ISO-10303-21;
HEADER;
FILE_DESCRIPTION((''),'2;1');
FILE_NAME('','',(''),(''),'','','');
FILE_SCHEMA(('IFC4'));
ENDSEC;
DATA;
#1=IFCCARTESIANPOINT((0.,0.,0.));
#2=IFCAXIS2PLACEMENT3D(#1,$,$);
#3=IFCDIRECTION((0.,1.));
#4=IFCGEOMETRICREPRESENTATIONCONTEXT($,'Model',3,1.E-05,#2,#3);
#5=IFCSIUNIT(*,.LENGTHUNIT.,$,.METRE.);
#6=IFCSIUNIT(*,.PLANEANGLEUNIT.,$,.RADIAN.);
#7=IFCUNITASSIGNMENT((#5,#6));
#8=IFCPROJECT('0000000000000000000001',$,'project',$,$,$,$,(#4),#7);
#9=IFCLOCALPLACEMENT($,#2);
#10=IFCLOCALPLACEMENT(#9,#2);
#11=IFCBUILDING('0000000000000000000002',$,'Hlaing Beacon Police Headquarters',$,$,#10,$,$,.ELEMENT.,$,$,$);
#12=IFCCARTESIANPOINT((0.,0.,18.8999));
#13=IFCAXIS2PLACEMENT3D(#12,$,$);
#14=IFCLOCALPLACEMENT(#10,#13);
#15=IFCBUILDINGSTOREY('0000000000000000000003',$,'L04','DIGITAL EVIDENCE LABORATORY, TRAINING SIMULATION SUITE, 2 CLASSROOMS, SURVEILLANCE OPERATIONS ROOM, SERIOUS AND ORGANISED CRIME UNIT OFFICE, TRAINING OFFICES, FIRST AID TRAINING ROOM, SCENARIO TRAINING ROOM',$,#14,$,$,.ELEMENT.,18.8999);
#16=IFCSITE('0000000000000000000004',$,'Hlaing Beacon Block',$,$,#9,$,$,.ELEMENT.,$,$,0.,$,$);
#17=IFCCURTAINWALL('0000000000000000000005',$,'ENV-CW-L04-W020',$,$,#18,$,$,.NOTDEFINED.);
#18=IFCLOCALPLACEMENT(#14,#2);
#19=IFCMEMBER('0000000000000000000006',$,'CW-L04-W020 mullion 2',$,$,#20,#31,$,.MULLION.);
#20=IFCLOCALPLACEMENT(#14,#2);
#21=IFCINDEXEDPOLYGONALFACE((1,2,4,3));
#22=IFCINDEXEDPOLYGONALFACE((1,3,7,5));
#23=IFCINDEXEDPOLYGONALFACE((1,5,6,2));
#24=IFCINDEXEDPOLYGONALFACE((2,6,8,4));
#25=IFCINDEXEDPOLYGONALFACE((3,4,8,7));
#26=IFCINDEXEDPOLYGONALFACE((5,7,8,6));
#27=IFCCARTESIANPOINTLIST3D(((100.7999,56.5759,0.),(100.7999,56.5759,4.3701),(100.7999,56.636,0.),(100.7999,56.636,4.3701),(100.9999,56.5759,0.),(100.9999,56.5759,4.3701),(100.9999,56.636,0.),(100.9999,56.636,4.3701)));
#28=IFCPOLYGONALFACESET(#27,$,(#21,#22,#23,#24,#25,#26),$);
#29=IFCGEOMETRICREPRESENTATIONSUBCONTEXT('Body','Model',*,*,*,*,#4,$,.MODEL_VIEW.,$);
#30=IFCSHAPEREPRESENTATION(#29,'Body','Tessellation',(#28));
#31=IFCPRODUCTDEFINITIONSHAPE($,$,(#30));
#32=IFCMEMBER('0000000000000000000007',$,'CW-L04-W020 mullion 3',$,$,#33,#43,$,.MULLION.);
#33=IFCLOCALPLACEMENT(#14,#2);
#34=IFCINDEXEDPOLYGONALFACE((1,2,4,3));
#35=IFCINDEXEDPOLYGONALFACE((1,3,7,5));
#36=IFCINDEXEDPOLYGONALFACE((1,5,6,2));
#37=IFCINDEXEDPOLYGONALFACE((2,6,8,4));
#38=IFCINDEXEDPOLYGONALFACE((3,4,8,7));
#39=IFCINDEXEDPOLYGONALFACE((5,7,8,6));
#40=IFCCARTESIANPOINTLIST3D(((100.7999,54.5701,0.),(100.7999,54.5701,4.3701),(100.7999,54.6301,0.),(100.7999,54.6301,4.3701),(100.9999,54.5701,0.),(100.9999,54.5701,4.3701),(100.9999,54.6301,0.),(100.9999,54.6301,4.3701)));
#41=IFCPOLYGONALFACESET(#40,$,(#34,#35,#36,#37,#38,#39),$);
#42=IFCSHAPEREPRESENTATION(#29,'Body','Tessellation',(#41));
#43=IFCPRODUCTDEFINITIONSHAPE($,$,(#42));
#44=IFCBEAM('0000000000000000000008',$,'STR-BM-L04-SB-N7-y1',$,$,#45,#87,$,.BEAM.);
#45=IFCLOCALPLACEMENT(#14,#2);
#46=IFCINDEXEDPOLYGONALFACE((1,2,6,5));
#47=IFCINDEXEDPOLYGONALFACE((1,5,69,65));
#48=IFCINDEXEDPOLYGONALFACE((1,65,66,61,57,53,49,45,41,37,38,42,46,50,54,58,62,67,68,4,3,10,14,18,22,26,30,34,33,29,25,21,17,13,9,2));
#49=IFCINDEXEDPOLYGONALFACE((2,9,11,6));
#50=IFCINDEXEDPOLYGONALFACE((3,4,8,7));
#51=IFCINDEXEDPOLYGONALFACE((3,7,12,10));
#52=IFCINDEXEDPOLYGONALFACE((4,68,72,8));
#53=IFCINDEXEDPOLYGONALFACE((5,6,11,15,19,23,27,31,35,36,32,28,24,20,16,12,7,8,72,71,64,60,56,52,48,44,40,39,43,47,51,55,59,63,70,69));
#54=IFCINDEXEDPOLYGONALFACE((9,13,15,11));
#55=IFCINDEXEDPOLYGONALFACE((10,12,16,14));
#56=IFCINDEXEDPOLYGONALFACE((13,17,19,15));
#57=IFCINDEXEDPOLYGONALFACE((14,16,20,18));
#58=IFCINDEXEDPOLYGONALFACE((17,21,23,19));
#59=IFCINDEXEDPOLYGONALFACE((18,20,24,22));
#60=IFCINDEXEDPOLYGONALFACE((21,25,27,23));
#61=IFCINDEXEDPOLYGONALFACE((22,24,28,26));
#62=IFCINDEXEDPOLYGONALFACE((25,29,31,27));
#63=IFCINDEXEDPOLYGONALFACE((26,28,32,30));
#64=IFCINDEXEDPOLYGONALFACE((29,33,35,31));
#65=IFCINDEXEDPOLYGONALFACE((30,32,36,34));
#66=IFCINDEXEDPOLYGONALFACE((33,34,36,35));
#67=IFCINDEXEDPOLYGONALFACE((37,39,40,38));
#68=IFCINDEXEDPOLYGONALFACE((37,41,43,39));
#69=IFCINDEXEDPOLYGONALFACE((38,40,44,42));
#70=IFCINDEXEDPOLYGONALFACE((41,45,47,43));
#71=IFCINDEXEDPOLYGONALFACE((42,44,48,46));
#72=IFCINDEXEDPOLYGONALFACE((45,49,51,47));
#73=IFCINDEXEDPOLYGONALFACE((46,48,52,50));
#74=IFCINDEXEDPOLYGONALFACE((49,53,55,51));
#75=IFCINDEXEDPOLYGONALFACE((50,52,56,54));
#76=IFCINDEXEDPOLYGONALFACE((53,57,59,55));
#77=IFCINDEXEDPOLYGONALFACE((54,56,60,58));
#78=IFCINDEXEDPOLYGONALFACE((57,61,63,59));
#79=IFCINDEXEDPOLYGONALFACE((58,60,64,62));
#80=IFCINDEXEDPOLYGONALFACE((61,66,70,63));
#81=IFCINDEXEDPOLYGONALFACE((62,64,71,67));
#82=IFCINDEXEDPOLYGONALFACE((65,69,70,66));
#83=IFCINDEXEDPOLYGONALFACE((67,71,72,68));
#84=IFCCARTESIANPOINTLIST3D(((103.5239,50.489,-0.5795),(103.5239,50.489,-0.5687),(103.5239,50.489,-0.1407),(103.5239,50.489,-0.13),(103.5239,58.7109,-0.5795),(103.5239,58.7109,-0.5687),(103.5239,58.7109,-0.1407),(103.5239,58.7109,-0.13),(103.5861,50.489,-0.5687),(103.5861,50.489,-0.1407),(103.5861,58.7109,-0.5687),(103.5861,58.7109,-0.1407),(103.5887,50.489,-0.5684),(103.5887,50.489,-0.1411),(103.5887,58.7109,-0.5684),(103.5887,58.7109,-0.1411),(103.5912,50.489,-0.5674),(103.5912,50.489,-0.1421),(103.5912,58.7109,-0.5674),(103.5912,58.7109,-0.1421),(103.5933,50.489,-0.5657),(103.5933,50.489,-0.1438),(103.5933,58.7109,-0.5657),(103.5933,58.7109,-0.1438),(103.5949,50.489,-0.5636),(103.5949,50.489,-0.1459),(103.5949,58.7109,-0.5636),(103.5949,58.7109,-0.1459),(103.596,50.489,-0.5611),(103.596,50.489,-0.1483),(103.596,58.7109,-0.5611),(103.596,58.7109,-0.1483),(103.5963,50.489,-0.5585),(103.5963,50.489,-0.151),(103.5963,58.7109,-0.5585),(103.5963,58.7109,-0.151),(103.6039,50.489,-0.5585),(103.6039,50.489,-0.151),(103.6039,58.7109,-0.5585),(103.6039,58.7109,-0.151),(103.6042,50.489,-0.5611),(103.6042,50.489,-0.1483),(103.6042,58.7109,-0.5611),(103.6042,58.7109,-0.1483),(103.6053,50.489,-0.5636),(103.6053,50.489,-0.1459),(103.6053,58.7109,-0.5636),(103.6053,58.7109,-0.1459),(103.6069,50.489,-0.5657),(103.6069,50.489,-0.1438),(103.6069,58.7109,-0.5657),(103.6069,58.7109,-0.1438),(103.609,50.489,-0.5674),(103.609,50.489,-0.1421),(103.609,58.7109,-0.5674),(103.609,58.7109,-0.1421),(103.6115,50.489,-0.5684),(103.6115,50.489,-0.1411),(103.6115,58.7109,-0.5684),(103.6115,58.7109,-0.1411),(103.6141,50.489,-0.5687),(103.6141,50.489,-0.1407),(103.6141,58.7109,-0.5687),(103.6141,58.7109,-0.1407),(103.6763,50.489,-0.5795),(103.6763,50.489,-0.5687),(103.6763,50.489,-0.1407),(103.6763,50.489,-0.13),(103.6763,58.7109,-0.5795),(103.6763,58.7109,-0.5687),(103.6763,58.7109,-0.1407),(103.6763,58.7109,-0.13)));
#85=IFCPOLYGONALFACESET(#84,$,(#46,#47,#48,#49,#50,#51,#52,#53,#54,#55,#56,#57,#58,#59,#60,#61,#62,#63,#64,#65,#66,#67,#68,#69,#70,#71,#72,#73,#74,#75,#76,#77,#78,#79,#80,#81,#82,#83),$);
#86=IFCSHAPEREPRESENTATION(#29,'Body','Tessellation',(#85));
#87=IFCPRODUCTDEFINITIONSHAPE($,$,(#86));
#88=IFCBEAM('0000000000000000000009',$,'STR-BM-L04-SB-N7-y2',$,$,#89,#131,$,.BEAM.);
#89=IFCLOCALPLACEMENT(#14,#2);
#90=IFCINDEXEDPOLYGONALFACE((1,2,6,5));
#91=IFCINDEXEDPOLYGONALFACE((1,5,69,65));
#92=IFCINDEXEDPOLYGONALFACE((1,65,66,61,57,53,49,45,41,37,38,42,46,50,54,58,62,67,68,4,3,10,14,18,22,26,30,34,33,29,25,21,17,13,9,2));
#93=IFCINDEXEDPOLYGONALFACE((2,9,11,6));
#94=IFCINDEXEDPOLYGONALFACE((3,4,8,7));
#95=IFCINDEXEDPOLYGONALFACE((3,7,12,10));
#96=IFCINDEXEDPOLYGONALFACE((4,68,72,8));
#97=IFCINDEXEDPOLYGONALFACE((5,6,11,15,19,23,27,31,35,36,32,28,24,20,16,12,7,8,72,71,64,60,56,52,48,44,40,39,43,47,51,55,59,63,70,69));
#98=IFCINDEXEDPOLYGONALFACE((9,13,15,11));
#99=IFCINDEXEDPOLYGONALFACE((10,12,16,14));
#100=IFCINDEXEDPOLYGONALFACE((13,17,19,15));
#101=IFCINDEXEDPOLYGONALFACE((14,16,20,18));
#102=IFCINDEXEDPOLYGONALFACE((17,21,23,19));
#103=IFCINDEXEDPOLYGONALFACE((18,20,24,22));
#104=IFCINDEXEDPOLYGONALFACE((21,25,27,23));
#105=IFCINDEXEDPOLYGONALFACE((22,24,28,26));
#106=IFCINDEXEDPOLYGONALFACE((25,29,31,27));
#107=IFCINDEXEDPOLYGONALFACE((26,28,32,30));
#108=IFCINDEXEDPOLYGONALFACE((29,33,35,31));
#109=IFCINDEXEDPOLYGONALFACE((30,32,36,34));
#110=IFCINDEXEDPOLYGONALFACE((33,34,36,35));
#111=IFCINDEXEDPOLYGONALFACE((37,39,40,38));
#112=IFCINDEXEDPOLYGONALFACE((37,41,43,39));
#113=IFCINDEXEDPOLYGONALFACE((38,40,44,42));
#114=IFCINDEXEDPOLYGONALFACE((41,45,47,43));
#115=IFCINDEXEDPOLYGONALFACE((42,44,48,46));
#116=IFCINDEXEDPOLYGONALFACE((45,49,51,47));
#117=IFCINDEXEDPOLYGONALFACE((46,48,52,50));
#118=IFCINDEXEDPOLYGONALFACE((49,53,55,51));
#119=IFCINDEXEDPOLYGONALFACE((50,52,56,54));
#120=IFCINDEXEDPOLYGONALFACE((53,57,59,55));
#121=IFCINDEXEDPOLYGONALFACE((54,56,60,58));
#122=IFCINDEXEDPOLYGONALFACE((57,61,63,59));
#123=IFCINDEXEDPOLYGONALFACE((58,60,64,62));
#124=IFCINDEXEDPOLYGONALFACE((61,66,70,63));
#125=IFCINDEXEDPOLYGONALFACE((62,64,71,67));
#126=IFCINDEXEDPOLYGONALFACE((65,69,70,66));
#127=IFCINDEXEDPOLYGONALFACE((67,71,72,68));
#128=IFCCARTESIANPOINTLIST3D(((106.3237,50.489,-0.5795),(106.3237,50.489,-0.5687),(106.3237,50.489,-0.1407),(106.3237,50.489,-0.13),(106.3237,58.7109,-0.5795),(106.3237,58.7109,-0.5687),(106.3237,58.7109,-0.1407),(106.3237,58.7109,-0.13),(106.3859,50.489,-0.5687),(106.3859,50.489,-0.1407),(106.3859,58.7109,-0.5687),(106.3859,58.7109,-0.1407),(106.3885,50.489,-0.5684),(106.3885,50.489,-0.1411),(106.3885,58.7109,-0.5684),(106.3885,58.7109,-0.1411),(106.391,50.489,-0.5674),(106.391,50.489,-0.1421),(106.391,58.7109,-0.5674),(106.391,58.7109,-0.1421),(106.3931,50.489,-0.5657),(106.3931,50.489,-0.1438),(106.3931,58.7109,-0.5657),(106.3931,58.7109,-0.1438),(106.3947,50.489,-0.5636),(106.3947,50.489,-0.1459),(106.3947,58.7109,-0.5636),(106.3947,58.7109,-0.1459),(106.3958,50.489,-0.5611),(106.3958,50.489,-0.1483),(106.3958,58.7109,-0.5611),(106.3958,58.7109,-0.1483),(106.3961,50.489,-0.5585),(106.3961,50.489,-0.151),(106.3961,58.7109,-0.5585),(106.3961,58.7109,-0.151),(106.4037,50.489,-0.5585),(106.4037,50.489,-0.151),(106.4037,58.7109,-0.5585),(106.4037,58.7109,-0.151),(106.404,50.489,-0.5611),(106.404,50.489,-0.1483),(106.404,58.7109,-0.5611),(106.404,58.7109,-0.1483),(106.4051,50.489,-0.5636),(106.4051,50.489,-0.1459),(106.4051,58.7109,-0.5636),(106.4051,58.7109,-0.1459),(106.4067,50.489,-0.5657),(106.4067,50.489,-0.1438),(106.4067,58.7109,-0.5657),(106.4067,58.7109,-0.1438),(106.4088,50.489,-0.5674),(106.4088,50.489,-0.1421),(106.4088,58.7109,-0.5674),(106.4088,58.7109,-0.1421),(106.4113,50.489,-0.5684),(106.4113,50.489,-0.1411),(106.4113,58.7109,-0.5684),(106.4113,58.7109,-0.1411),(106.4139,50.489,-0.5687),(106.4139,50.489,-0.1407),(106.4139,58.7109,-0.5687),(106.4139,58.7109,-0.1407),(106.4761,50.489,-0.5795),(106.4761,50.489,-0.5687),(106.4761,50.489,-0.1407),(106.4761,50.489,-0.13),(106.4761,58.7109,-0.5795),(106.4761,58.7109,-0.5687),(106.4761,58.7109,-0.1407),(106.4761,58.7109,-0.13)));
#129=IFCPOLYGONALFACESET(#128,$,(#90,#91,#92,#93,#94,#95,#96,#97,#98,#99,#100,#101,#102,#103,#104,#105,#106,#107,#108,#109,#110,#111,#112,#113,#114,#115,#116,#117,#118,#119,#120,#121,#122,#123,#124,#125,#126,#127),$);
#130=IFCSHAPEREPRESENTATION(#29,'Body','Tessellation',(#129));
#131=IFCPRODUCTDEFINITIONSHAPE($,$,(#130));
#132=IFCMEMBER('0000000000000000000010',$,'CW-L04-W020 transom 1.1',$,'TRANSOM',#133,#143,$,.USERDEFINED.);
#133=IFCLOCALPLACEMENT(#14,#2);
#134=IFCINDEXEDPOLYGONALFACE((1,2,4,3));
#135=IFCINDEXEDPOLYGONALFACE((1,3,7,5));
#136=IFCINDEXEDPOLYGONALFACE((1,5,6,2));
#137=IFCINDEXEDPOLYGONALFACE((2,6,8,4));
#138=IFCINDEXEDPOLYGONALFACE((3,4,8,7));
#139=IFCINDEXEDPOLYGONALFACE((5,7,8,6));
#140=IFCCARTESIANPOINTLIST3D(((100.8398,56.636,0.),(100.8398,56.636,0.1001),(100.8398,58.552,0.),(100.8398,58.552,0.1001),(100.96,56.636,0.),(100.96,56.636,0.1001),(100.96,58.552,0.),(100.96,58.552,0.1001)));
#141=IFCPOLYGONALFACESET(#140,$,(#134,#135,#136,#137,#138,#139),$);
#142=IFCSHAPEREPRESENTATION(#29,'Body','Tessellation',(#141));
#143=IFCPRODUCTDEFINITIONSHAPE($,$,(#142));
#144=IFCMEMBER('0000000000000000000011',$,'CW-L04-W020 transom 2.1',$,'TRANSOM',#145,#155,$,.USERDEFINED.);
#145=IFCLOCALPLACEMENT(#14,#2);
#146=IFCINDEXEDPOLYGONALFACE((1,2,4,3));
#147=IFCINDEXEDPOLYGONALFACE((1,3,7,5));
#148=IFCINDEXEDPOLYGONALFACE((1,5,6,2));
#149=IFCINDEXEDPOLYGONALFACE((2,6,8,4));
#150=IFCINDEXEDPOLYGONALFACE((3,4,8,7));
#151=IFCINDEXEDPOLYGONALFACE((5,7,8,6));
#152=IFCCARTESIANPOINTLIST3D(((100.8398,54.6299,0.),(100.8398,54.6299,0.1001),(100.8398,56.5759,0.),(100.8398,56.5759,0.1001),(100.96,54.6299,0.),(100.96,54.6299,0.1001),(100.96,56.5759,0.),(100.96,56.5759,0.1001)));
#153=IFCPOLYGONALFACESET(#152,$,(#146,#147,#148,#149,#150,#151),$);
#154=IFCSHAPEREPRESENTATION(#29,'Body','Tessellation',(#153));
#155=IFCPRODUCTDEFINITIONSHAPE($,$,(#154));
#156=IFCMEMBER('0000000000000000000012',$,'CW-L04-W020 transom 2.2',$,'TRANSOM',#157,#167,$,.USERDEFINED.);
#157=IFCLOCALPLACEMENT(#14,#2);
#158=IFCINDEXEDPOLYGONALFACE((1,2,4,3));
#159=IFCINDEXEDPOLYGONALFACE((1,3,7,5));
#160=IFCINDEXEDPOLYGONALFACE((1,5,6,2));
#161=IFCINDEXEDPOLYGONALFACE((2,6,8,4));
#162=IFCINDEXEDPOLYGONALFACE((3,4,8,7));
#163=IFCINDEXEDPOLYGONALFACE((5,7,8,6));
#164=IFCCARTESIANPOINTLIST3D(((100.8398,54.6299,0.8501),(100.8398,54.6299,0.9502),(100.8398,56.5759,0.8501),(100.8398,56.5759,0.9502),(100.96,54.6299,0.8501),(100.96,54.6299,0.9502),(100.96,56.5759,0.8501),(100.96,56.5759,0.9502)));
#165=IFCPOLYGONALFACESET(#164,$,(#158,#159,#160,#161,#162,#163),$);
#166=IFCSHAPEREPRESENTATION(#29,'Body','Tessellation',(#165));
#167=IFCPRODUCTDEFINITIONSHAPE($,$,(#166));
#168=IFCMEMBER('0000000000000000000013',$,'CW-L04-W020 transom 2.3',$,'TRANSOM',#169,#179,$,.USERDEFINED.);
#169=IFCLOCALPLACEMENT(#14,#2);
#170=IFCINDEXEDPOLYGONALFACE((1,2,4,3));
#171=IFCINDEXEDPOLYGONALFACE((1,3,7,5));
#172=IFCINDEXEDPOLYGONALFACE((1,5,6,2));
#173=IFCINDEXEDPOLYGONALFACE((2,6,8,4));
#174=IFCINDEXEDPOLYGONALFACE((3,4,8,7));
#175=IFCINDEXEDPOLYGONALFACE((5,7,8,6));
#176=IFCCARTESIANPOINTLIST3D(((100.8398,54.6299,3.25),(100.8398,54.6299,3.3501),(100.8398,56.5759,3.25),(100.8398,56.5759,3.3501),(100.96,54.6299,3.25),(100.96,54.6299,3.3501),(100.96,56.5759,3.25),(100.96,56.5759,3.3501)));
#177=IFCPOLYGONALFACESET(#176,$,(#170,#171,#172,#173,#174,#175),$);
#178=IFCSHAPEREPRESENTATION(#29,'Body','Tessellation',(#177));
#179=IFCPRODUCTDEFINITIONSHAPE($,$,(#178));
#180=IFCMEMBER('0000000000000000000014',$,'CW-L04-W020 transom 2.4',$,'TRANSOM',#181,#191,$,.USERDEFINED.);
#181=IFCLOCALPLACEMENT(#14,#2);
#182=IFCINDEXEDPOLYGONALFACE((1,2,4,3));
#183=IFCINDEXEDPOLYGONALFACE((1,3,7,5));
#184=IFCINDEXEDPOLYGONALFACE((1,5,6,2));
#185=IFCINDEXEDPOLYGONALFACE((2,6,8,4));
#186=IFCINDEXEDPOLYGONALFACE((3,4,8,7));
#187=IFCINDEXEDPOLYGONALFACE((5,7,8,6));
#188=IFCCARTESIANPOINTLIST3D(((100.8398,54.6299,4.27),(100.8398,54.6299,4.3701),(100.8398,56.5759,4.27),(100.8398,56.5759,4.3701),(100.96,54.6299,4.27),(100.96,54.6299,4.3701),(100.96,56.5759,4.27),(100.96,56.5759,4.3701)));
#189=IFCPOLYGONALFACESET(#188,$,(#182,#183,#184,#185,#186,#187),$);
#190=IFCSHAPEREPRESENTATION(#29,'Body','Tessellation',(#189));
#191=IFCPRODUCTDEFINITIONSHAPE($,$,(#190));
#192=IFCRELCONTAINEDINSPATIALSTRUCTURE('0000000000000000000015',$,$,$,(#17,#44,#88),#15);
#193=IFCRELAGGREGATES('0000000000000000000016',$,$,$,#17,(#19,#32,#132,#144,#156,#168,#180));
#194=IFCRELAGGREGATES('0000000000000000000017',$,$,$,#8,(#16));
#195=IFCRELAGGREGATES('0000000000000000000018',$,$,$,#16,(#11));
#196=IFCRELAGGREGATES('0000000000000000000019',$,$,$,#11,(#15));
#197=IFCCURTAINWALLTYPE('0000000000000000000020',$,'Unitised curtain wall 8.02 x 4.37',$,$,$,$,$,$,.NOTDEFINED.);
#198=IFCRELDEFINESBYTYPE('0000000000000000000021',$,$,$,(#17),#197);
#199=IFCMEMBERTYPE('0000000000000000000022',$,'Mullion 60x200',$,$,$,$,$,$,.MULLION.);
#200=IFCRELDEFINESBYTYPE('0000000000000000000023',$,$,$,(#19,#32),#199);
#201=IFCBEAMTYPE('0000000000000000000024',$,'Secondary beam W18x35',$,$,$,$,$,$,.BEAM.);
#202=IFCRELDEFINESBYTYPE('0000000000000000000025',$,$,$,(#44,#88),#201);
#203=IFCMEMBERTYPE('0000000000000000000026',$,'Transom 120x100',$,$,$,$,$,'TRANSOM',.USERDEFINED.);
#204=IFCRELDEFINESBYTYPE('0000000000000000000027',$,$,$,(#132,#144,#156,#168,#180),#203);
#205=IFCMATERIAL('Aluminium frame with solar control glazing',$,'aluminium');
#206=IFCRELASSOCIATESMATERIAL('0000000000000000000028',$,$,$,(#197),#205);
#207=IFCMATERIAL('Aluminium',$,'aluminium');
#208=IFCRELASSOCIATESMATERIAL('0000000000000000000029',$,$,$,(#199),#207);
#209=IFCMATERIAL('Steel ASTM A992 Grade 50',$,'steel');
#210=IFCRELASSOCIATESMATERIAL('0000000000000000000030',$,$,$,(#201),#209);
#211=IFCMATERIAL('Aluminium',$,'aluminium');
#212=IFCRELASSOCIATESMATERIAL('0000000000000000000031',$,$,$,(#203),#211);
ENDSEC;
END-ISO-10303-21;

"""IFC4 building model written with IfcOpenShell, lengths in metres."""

from ifc_helpers import new_model, si_unit, direction, frame, origin, origin_2d, place, context, subcontext, project, spatial, rectangle, i_section, extrude, material, material_profile, profile_set, type_object, element, aggregate, save


model = new_model("IFC4")

# Units and contexts
model_context = context("Model", 3, precision=1e-05, world=origin(), true_north=direction((0.0, 1.0)))
body_context = subcontext(model_context, "Body", "Model", "MODEL_VIEW")
ifc_project = project(units=[si_unit("LENGTHUNIT", "METRE"), si_unit("PLANEANGLEUNIT", "RADIAN")], contexts=[model_context])

# Site, building, storey
site_placement = place(None, origin())
site = spatial("IfcSite", under=ifc_project, at=site_placement, Name="Hlaing Beacon Block", CompositionType="ELEMENT", RefElevation=0.0)
building_placement = place(site_placement, origin())
building = spatial("IfcBuilding", under=site, at=building_placement, Name="Hlaing Beacon Police Headquarters", CompositionType="ELEMENT")
storey_placement = place(building_placement, frame((0.0, 0.0, 18.8999)))
storey = spatial("IfcBuildingStorey", under=building, at=storey_placement, Name="L04", Description="DIGITAL EVIDENCE LABORATORY, TRAINING SIMULATION SUITE, 2 CLASSROOMS, SURVEILLANCE OPERATIONS ROOM, SERIOUS AND ORGANISED CRIME UNIT OFFICE, TRAINING OFFICES, FIRST AID TRAINING ROOM, SCENARIO TRAINING ROOM", CompositionType="ELEMENT", Elevation=18.8999)

# Curtain wall, members
ifc_material_1 = material(Name="Aluminium frame with solar control glazing", Category="aluminium")
curtain_wall_type = type_object("IfcCurtainWallType", Name="Unitised curtain wall 8.02 x 4.37", PredefinedType="NOTDEFINED", material=ifc_material_1)
curtain_wall_placement = place(storey_placement, origin())
curtain_wall = element("IfcCurtainWall", 1, at=curtain_wall_placement, inside=storey, type_object=curtain_wall_type, Name="ENV-CW-L04-W020", PredefinedType="NOTDEFINED")
ifc_material_2 = material(Name="Aluminium", Category="aluminium")
ifc_material_profile_1 = material_profile(ifc_material_2, rectangle(XDim=0.2, YDim=0.0601, at=origin_2d()), Name="Mullion 60x200")
ifc_profile_set_1 = profile_set([ifc_material_profile_1], Name="Aluminium")
member_type_1 = type_object("IfcMemberType", Name="Mullion 60x200", PredefinedType="MULLION", material=ifc_profile_set_1)
member_1_placement = place(storey_placement, frame((100.8999, 56.606, 0.0), z_axis=(0.0, 0.0, 1.0), x_axis=(1.0, 0.0, 0.0)))
member_1 = element("IfcMember", 2, at=member_1_placement, type_object=member_type_1, Name="CW-L04-W020 mullion 2", PredefinedType="MULLION", context=body_context, shape_type="SweptSolid", body=[
    extrude(rectangle(XDim=0.2, YDim=0.0601, at=origin_2d()), origin(), (0.0, 0.0, 1.0), 4.3701),
])
member_2_placement = place(storey_placement, frame((100.8999, 54.6001, 0.0), z_axis=(0.0, 0.0, 1.0), x_axis=(1.0, 0.0, 0.0)))
member_2 = element("IfcMember", 3, at=member_2_placement, type_object=member_type_1, Name="CW-L04-W020 mullion 3", PredefinedType="MULLION", context=body_context, shape_type="SweptSolid", body=[
    extrude(rectangle(XDim=0.2, YDim=0.0601, at=origin_2d()), origin(), (0.0, 0.0, 1.0), 4.3701),
])

# Beams
ifc_material_3 = material(Name="Steel ASTM A992 Grade 50", Category="steel")
ifc_material_profile_2 = material_profile(ifc_material_3, i_section(OverallWidth=0.1523, OverallDepth=0.4495, WebThickness=0.0076, FlangeThickness=0.0107, FilletRadius=0.0103, at=origin_2d()), Name="W18x35")
ifc_profile_set_2 = profile_set([ifc_material_profile_2], Name="Steel ASTM A992 Grade 50")
beam_type = type_object("IfcBeamType", Name="Secondary beam W18x35", PredefinedType="BEAM", material=ifc_profile_set_2)
for number, where, z_axis, x_axis, name in (
    (4, (103.6001, 50.489, -0.3547), (0.0, 1.0, 0.0), (-1.0, 0.0, 0.0), "STR-BM-L04-SB-N7-y1"),
    (5, (106.3999, 50.489, -0.3547), (0.0, 1.0, 0.0), (-1.0, 0.0, 0.0), "STR-BM-L04-SB-N7-y2"),
):
    element("IfcBeam", number, at=place(storey_placement, frame(where, z_axis=z_axis, x_axis=x_axis)), inside=storey, type_object=beam_type, Name=name, PredefinedType="BEAM", context=body_context, shape_type="SweptSolid", body=[
        extrude(i_section(OverallWidth=0.1523, OverallDepth=0.4495, WebThickness=0.0076, FlangeThickness=0.0107, FilletRadius=0.0103, at=origin_2d()), origin(), (0.0, 0.0, 1.0), 8.2219),
    ])

# Members
ifc_material_4 = material(Name="Aluminium", Category="aluminium")
ifc_material_profile_3 = material_profile(ifc_material_4, rectangle(XDim=0.1201, YDim=0.1001, at=origin_2d()), Name="Transom 120x100")
ifc_profile_set_3 = profile_set([ifc_material_profile_3], Name="Aluminium")
member_type_2 = type_object("IfcMemberType", Name="Transom 120x100", ElementType="TRANSOM", PredefinedType="USERDEFINED", material=ifc_profile_set_3)
member_3_placement = place(storey_placement, frame((100.8999, 58.552, 0.05), z_axis=(0.0, -1.0, 0.0), x_axis=(1.0, 0.0, 0.0)))
member_3 = element("IfcMember", 6, at=member_3_placement, type_object=member_type_2, Name="CW-L04-W020 transom 1.1", ObjectType="TRANSOM", PredefinedType="USERDEFINED", context=body_context, shape_type="SweptSolid", body=[
    extrude(rectangle(XDim=0.1201, YDim=0.1001, at=origin_2d()), origin(), (0.0, 0.0, 1.0), 1.916),
])
member_4_placement = place(storey_placement, frame((100.8999, 56.5759, 0.05), z_axis=(0.0, -1.0, 0.0), x_axis=(1.0, 0.0, 0.0)))
member_4 = element("IfcMember", 7, at=member_4_placement, type_object=member_type_2, Name="CW-L04-W020 transom 2.1", ObjectType="TRANSOM", PredefinedType="USERDEFINED", context=body_context, shape_type="SweptSolid", body=[
    extrude(rectangle(XDim=0.1201, YDim=0.1001, at=origin_2d()), origin(), (0.0, 0.0, 1.0), 1.946),
])
member_5_placement = place(storey_placement, frame((100.8999, 56.5759, 0.9001), z_axis=(0.0, -1.0, 0.0), x_axis=(1.0, 0.0, 0.0)))
member_5 = element("IfcMember", 8, at=member_5_placement, type_object=member_type_2, Name="CW-L04-W020 transom 2.2", ObjectType="TRANSOM", PredefinedType="USERDEFINED", context=body_context, shape_type="SweptSolid", body=[
    extrude(rectangle(XDim=0.1201, YDim=0.1001, at=origin_2d()), origin(), (0.0, 0.0, 1.0), 1.946),
])
member_6_placement = place(storey_placement, frame((100.8999, 56.5759, 3.3), z_axis=(0.0, -1.0, 0.0), x_axis=(1.0, 0.0, 0.0)))
member_6 = element("IfcMember", 9, at=member_6_placement, type_object=member_type_2, Name="CW-L04-W020 transom 2.3", ObjectType="TRANSOM", PredefinedType="USERDEFINED", context=body_context, shape_type="SweptSolid", body=[
    extrude(rectangle(XDim=0.1201, YDim=0.1001, at=origin_2d()), origin(), (0.0, 0.0, 1.0), 1.946),
])
member_7_placement = place(storey_placement, frame((100.8999, 56.5759, 4.3201), z_axis=(0.0, -1.0, 0.0), x_axis=(1.0, 0.0, 0.0)))
member_7 = element("IfcMember", 10, at=member_7_placement, type_object=member_type_2, Name="CW-L04-W020 transom 2.4", ObjectType="TRANSOM", PredefinedType="USERDEFINED", context=body_context, shape_type="SweptSolid", body=[
    extrude(rectangle(XDim=0.1201, YDim=0.1001, at=origin_2d()), origin(), (0.0, 0.0, 1.0), 1.946),
])
aggregate(curtain_wall, [member_1, member_2, member_3, member_4, member_5, member_6, member_7])

save(model, "model.ifc")
